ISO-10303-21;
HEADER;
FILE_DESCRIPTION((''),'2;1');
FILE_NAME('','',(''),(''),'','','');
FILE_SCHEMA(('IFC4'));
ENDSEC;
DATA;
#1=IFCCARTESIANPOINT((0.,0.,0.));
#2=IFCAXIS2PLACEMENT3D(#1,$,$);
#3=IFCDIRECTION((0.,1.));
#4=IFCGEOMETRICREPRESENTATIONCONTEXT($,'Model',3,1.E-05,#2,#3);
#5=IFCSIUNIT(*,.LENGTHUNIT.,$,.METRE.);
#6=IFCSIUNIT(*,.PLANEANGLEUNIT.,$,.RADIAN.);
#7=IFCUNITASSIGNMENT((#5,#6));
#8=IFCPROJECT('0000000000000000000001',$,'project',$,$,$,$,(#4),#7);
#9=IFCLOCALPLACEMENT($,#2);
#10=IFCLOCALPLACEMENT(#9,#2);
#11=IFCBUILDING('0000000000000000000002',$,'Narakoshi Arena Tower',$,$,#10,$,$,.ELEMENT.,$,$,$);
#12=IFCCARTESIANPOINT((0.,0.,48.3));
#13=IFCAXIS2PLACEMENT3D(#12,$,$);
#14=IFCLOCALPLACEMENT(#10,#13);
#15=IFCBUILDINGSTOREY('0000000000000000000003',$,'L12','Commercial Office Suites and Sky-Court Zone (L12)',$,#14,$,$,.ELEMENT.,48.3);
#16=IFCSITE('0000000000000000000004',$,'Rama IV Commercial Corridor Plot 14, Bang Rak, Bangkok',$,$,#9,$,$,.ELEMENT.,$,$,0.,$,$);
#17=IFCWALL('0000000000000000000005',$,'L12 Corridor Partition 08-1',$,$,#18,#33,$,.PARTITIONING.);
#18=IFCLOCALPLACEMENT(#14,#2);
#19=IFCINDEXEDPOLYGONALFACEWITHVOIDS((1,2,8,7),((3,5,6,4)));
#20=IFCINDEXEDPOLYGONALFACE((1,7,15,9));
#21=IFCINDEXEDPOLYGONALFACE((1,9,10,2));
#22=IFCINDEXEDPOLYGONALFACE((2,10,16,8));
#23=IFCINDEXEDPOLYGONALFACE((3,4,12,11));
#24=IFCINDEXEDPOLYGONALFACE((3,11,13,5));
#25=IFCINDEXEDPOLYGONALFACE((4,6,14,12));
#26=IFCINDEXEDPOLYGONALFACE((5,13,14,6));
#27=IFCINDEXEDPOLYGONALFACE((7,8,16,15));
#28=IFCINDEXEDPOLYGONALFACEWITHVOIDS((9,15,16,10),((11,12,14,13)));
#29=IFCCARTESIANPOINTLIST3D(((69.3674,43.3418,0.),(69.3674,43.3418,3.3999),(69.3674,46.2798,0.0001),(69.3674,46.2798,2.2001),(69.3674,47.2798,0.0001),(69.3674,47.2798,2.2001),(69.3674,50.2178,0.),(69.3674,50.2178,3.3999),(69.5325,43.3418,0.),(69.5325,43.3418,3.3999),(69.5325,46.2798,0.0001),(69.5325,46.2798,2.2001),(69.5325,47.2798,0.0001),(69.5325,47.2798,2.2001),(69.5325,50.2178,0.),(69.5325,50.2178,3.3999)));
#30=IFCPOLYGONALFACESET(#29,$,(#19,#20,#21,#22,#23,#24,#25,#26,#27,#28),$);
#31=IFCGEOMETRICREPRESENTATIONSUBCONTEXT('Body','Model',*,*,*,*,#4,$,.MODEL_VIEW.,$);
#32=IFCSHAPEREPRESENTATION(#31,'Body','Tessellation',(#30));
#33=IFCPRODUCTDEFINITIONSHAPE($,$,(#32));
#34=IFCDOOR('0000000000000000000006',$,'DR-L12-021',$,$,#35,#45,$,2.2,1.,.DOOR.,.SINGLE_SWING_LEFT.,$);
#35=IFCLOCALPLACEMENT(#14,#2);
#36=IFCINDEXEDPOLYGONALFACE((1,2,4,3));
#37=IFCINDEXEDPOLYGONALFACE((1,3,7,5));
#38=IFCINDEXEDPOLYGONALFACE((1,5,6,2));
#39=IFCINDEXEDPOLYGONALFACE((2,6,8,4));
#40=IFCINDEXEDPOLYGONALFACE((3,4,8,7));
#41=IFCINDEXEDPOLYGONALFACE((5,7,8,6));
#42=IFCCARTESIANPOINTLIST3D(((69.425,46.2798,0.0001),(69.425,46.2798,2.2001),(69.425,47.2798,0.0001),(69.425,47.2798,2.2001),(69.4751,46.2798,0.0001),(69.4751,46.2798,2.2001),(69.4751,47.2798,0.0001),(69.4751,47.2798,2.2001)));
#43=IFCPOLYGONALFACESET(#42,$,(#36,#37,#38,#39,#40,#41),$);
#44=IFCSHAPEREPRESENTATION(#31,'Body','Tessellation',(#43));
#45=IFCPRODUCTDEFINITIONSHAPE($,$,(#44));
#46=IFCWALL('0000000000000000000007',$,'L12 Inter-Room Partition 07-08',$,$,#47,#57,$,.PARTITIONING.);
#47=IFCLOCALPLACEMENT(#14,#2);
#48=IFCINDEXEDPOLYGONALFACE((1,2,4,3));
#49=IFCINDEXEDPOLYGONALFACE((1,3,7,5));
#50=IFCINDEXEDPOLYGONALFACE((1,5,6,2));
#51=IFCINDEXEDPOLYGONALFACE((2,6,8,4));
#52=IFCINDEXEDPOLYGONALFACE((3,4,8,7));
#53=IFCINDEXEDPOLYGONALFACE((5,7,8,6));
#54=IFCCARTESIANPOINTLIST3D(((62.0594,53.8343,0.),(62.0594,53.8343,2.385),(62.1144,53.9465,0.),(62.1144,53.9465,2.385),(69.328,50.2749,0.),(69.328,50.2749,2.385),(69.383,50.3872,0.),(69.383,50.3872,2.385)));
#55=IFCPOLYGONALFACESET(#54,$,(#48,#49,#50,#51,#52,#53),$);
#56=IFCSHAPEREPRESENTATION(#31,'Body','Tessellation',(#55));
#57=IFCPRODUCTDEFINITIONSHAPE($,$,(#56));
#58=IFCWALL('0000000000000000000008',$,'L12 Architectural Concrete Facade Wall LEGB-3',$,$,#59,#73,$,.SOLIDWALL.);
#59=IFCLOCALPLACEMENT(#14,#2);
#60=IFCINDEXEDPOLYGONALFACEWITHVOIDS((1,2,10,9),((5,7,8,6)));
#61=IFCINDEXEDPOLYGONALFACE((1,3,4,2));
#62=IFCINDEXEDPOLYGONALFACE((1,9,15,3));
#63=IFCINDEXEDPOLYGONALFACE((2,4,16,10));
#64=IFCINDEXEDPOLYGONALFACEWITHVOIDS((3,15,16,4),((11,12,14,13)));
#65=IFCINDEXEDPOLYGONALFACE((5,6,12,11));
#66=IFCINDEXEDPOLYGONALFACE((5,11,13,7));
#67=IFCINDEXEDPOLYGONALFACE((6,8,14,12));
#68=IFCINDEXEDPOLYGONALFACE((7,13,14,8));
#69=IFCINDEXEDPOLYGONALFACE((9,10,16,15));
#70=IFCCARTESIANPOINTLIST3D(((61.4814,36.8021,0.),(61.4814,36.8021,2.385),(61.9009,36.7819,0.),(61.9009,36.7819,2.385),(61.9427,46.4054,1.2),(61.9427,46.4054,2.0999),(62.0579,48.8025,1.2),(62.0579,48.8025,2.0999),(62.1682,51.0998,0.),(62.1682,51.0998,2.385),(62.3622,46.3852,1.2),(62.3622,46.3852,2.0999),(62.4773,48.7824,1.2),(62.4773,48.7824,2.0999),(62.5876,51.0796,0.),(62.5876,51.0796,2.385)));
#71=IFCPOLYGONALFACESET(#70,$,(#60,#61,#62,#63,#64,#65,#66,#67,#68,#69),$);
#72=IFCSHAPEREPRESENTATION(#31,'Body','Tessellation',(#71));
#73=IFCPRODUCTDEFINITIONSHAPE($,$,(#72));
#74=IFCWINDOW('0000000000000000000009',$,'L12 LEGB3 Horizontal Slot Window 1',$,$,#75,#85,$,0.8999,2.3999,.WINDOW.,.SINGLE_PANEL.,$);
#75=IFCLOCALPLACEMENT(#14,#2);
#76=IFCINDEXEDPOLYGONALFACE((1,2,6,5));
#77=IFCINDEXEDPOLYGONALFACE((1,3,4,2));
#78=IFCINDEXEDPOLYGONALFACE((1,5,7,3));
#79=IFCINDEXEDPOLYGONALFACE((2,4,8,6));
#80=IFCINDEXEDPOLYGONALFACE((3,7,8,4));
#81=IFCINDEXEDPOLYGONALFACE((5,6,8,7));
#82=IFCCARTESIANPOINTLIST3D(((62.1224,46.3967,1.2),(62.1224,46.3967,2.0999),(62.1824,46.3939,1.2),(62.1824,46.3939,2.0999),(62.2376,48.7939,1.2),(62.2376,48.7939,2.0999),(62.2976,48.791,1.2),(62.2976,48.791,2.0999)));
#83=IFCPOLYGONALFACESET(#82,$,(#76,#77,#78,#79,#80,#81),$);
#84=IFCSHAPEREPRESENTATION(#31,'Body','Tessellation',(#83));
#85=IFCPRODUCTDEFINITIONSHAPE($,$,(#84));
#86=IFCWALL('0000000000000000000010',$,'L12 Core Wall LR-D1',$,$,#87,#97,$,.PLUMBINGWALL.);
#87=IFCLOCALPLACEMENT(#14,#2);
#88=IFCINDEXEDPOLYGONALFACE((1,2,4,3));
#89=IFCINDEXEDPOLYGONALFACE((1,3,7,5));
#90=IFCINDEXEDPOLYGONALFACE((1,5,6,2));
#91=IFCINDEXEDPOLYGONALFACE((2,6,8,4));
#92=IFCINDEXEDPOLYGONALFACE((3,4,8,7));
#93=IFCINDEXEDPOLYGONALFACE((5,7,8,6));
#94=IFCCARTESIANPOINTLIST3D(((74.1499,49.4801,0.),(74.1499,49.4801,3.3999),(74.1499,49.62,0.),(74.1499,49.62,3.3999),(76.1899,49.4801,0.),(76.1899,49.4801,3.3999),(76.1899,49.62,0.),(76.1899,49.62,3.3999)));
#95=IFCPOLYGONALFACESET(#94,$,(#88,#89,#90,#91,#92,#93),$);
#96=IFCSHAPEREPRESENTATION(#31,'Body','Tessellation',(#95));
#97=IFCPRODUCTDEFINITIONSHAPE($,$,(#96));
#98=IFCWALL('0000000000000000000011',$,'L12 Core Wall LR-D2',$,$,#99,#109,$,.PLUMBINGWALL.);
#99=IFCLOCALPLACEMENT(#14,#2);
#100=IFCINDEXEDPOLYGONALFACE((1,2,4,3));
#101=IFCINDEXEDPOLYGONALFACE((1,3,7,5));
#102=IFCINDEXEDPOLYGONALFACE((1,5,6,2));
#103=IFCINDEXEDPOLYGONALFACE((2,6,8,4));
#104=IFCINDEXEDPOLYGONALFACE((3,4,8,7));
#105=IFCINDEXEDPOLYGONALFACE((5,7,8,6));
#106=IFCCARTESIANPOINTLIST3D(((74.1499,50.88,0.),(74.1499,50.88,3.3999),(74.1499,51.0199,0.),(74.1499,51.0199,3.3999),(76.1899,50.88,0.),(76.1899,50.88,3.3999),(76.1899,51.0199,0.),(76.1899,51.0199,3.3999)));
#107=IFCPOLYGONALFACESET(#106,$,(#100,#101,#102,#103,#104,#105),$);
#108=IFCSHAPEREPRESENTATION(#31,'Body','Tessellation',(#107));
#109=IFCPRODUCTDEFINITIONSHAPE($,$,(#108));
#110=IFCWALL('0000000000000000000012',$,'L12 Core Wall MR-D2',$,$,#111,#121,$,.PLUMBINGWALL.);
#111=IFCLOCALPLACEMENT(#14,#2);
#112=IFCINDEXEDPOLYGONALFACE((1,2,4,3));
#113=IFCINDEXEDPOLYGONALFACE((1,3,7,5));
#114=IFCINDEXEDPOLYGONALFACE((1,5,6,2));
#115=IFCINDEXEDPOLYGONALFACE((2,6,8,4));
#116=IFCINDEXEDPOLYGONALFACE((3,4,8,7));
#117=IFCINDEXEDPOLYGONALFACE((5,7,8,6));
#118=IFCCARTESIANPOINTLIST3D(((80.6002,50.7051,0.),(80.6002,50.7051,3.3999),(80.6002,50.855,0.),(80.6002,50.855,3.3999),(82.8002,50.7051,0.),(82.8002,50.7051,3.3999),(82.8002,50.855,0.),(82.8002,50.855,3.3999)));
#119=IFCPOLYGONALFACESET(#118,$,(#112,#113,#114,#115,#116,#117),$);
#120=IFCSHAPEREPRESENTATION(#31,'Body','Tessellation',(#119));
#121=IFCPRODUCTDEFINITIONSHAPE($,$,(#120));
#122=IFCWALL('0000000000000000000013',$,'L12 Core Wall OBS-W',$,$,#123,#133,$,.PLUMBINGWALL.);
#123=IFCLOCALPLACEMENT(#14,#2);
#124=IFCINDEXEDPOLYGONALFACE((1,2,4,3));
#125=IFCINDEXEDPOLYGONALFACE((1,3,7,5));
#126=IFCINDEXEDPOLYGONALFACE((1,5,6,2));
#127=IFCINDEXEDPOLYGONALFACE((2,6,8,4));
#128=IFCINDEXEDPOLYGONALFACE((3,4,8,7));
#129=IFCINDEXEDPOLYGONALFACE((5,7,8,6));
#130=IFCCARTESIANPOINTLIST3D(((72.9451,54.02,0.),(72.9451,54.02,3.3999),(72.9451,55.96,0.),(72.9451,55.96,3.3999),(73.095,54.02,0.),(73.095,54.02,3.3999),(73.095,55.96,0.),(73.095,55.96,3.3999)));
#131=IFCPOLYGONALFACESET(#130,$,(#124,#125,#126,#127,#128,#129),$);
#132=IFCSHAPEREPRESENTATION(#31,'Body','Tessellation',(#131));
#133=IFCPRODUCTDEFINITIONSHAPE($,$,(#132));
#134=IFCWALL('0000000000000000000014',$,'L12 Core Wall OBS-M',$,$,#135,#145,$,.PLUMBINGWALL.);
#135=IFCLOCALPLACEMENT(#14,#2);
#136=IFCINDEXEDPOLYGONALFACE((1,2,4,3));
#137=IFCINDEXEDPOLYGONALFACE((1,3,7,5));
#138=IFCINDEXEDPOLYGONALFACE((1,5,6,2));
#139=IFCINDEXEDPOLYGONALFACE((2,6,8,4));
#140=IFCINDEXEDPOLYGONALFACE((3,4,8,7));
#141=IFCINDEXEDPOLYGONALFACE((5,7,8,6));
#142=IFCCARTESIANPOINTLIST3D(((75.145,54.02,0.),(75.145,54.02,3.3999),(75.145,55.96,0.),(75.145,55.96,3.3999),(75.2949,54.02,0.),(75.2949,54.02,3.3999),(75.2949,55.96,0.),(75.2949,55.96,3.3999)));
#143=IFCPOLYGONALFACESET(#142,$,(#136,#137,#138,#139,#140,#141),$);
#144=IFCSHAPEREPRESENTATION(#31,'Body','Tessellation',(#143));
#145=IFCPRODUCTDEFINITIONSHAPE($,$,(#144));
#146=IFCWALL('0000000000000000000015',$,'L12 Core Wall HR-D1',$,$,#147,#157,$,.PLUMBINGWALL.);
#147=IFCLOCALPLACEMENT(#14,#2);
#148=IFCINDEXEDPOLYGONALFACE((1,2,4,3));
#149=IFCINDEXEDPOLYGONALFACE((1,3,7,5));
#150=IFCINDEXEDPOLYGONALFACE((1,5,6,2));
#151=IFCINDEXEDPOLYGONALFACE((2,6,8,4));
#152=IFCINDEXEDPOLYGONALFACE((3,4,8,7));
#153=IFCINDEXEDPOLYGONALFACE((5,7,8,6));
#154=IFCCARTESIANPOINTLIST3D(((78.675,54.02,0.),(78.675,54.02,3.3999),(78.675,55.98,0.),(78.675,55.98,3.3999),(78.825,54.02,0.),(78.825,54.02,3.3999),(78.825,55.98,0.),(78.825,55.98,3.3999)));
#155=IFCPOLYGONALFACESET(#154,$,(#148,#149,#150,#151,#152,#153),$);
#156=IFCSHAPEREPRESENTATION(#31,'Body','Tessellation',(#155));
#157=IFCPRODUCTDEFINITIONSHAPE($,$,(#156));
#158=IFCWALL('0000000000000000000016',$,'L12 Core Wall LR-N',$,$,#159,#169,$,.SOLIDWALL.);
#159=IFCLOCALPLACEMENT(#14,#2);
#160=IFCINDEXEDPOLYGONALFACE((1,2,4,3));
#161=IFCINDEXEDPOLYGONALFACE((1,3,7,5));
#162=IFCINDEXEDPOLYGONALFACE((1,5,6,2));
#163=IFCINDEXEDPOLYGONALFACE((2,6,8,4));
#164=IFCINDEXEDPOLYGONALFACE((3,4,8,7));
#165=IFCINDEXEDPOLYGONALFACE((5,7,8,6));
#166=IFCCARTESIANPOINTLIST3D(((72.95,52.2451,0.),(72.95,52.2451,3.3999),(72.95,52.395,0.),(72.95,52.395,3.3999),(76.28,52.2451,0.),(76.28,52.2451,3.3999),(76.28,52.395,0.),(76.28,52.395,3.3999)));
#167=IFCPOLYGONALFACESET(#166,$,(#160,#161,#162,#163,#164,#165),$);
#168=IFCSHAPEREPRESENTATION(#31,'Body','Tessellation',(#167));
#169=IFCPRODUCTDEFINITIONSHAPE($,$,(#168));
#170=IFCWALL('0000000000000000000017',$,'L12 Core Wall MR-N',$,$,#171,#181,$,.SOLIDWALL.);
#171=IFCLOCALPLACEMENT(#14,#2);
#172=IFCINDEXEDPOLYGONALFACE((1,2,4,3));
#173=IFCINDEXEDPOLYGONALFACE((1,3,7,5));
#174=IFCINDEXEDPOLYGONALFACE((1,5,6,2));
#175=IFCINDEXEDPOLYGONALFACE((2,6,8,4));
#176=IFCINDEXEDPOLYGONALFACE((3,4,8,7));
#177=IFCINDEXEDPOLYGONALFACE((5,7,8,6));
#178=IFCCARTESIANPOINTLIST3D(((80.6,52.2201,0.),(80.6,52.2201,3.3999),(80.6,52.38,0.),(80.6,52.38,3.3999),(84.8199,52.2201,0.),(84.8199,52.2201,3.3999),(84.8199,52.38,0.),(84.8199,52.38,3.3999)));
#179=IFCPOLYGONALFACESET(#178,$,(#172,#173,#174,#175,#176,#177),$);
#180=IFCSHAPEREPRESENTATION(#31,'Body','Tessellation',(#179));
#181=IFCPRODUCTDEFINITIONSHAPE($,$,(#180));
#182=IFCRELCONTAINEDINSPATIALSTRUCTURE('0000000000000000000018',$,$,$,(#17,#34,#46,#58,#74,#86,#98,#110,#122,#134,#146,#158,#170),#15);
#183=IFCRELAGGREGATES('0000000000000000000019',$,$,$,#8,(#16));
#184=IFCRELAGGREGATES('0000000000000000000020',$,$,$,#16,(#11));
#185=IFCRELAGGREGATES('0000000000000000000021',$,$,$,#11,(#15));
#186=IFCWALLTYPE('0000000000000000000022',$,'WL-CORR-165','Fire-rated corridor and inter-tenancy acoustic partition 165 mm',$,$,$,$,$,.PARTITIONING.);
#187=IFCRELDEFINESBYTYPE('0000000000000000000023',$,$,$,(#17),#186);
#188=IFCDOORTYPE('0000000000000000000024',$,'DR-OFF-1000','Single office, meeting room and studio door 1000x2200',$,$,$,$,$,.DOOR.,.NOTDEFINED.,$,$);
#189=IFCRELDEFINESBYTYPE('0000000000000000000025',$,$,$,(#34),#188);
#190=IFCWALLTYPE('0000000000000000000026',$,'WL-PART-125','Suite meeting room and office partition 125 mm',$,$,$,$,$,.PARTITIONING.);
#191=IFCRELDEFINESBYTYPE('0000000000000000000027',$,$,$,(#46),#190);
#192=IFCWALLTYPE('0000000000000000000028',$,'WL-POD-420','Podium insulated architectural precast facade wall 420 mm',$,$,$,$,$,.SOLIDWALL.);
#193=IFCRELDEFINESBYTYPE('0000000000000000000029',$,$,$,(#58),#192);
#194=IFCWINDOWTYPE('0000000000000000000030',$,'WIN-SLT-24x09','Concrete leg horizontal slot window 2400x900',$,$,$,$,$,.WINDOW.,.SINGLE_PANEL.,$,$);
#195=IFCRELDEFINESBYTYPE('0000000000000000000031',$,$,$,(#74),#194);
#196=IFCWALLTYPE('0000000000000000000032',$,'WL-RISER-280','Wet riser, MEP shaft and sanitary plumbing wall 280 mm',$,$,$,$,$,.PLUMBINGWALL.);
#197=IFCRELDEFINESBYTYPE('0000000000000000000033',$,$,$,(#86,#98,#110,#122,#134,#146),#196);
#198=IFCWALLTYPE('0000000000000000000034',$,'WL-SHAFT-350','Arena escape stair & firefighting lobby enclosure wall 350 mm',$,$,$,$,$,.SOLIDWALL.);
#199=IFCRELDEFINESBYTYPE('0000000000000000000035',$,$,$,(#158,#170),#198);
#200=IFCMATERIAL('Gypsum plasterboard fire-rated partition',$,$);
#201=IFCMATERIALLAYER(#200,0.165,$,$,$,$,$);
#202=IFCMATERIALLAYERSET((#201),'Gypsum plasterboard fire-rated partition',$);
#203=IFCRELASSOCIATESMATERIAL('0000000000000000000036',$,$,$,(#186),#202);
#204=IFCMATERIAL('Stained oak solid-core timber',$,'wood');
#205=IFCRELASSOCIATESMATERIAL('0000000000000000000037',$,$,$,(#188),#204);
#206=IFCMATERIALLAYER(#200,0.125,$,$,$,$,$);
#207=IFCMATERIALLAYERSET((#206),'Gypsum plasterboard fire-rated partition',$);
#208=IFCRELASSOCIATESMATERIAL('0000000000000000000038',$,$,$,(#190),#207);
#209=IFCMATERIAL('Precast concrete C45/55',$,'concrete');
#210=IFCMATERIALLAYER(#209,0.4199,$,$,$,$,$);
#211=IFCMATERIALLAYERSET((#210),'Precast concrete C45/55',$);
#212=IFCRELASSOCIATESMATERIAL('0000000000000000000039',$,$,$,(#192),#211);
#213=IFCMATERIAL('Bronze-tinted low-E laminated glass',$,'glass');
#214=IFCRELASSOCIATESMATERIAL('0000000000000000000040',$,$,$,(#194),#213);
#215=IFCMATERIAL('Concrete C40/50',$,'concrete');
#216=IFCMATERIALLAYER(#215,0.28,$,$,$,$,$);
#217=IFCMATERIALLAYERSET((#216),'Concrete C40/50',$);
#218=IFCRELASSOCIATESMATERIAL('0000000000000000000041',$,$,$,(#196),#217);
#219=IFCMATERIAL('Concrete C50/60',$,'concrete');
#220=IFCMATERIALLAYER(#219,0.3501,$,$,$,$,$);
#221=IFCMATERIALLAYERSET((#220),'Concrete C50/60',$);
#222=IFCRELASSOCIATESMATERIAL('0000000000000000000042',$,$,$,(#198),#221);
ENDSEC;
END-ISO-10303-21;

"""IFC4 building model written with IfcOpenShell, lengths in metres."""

from ifc_helpers import new_model, si_unit, direction, frame, frame_2d, origin, place, context, subcontext, project, spatial, rectangle, extrude, material, layer, layer_set, type_object, element, fill, save


model = new_model("IFC4")

# Units and contexts
model_context = context("Model", 3, precision=1e-05, world=origin(), true_north=direction((0.0, 1.0)))
body_context = subcontext(model_context, "Body", "Model", "MODEL_VIEW")
ifc_project = project(units=[si_unit("LENGTHUNIT", "METRE"), si_unit("PLANEANGLEUNIT", "RADIAN")], contexts=[model_context])

# Site, building, storey
site_placement = place(None, origin())
site = spatial("IfcSite", under=ifc_project, at=site_placement, Name="Rama IV Commercial Corridor Plot 14, Bang Rak, Bangkok", CompositionType="ELEMENT", RefElevation=0.0)
building_placement = place(site_placement, origin())
building = spatial("IfcBuilding", under=site, at=building_placement, Name="Narakoshi Arena Tower", CompositionType="ELEMENT")
storey_placement = place(building_placement, frame((0.0, 0.0, 48.3)))
storey = spatial("IfcBuildingStorey", under=building, at=storey_placement, Name="L12", Description="Commercial Office Suites and Sky-Court Zone (L12)", CompositionType="ELEMENT", Elevation=48.3)

# Wall, opening, door
ifc_material_1 = material(Name="Gypsum plasterboard fire-rated partition")
ifc_layer_1 = layer(ifc_material_1, 0.165)
ifc_layer_set_1 = layer_set([ifc_layer_1], Name="Gypsum plasterboard fire-rated partition")
wall_type_1 = type_object("IfcWallType", Name="WL-CORR-165", Description="Fire-rated corridor and inter-tenancy acoustic partition 165 mm", PredefinedType="PARTITIONING", material=ifc_layer_set_1)
wall_1_placement = place(storey_placement, frame((69.45, 50.2178, 0.0), z_axis=(0.0, 0.0, 1.0), x_axis=(0.0, -1.0, 0.0)))
wall_1 = element("IfcWall", 1, at=wall_1_placement, inside=storey, type_object=wall_type_1, Name="L12 Corridor Partition 08-1", PredefinedType="PARTITIONING", context=body_context, shape_type="SweptSolid", body=[
    extrude(rectangle(XDim=6.876, YDim=0.165, at=frame_2d((3.438, 0.0))), origin(), (0.0, 0.0, 1.0), 3.3999),
])
opening_1_placement = place(wall_1_placement, frame((2.938, 0.0, 0.0)))
opening_1 = element("IfcOpeningElement", 2, at=opening_1_placement, cuts=wall_1, PredefinedType="OPENING", context=body_context, shape_type="SweptSolid", body=[
    extrude(rectangle(XDim=1.0, YDim=2.2, at=frame_2d((0.5, 1.1001))), frame((0.0, 0.0925, 0.0), z_axis=(0.0, -1.0, 0.0), x_axis=(1.0, 0.0, 0.0)), (0.0, 0.0, 1.0), 0.1851),
])
ifc_material_2 = material(Name="Stained oak solid-core timber", Category="wood")
door_type = type_object("IfcDoorType", Name="DR-OFF-1000", Description="Single office, meeting room and studio door 1000x2200", OperationType="NOTDEFINED", PredefinedType="DOOR", material=ifc_material_2)
door_placement = place(opening_1_placement, frame((1.0, 0.0, 0.0), z_axis=(0.0, 0.0, 1.0), x_axis=(-1.0, 0.0, 0.0)))
door = element("IfcDoor", 3, at=door_placement, inside=storey, type_object=door_type, Name="DR-L12-021", OperationType="SINGLE_SWING_LEFT", OverallHeight=2.2, OverallWidth=1.0, PredefinedType="DOOR", context=body_context, shape_type="SweptSolid", body=[
    extrude(rectangle(XDim=1.0, YDim=2.2, at=frame_2d((0.5, 1.1001))), frame((0.0, 0.0249, 0.0), z_axis=(0.0, -1.0, 0.0), x_axis=(1.0, 0.0, 0.0)), (0.0, 0.0, 1.0), 0.05),
])
fill(opening_1, door)

# Wall
ifc_layer_2 = layer(ifc_material_1, 0.125)
ifc_layer_set_2 = layer_set([ifc_layer_2], Name="Gypsum plasterboard fire-rated partition")
wall_type_2 = type_object("IfcWallType", Name="WL-PART-125", Description="Suite meeting room and office partition 125 mm", PredefinedType="PARTITIONING", material=ifc_layer_set_2)
wall_2_placement = place(storey_placement, frame((69.3555, 50.3311, 0.0), z_axis=(0.0, 0.0, 1.0), x_axis=(-0.898101, 0.439789, 0.0)))
element("IfcWall", 4, at=wall_2_placement, inside=storey, type_object=wall_type_2, Name="L12 Inter-Room Partition 07-08", PredefinedType="PARTITIONING", context=body_context, shape_type="SweptSolid", body=[
    extrude(rectangle(XDim=8.0933, YDim=0.125, at=frame_2d((4.0466, 0.0))), origin(), (0.0, 0.0, 1.0), 2.385),
])

# Wall, opening, window
ifc_material_3 = material(Name="Precast concrete C45/55", Category="concrete")
ifc_layer_3 = layer(ifc_material_3, 0.4199)
ifc_layer_set_3 = layer_set([ifc_layer_3], Name="Precast concrete C45/55")
wall_type_3 = type_object("IfcWallType", Name="WL-POD-420", Description="Podium insulated architectural precast facade wall 420 mm", PredefinedType="SOLIDWALL", material=ifc_layer_set_3)
wall_3_placement = place(storey_placement, frame((62.3779, 51.0898, 0.0), z_axis=(0.0, 0.0, 1.0), x_axis=(-0.047978, -0.998848, 0.0)))
wall_3 = element("IfcWall", 5, at=wall_3_placement, inside=storey, type_object=wall_type_3, Name="L12 Architectural Concrete Facade Wall LEGB-3", PredefinedType="SOLIDWALL", context=body_context, shape_type="SweptSolid", body=[
    extrude(rectangle(XDim=14.3142, YDim=0.4199, at=frame_2d((7.1572, 0.0))), origin(), (0.0, 0.0, 1.0), 2.385),
])
opening_2_placement = place(wall_3_placement, frame((2.3, 0.0, 1.2)))
opening_2 = element("IfcOpeningElement", 6, at=opening_2_placement, cuts=wall_3, PredefinedType="OPENING", context=body_context, shape_type="SweptSolid", body=[
    extrude(rectangle(XDim=2.3999, YDim=0.8999, at=frame_2d((1.2, 0.45))), frame((0.0, 0.22, 0.0), z_axis=(0.0, -1.0, 0.0), x_axis=(1.0, 0.0, 0.0)), (0.0, 0.0, 1.0), 0.4399),
])
ifc_material_4 = material(Name="Bronze-tinted low-E laminated glass", Category="glass")
window_type = type_object("IfcWindowType", Name="WIN-SLT-24x09", Description="Concrete leg horizontal slot window 2400x900", PartitioningType="SINGLE_PANEL", PredefinedType="WINDOW", material=ifc_material_4)
window_placement = place(opening_2_placement, origin())
window = element("IfcWindow", 7, at=window_placement, inside=storey, type_object=window_type, Name="L12 LEGB3 Horizontal Slot Window 1", OverallHeight=0.8999, OverallWidth=2.3999, PartitioningType="SINGLE_PANEL", PredefinedType="WINDOW", context=body_context, shape_type="SweptSolid", body=[
    extrude(rectangle(XDim=2.3999, YDim=0.8999, at=frame_2d((1.2, 0.45))), frame((0.0, 0.03, 0.0), z_axis=(0.0, -1.0, 0.0), x_axis=(1.0, 0.0, 0.0)), (0.0, 0.0, 1.0), 0.0601),
])
fill(opening_2, window)

# Walls
ifc_material_5 = material(Name="Concrete C40/50", Category="concrete")
ifc_layer_4 = layer(ifc_material_5, 0.28)
ifc_layer_set_4 = layer_set([ifc_layer_4], Name="Concrete C40/50")
wall_type_4 = type_object("IfcWallType", Name="WL-RISER-280", Description="Wet riser, MEP shaft and sanitary plumbing wall 280 mm", PredefinedType="PLUMBINGWALL", material=ifc_layer_set_4)
for number, where, z_axis, x_axis, name in (
    (8, (74.1499, 49.55, 0.0), (0.0, 0.0, 1.0), (1.0, 0.0, 0.0), "L12 Core Wall LR-D1"),
    (9, (74.1499, 50.95, 0.0), (0.0, 0.0, 1.0), (1.0, 0.0, 0.0), "L12 Core Wall LR-D2"),
):
    element("IfcWall", number, at=place(storey_placement, frame(where, z_axis=z_axis, x_axis=x_axis)), inside=storey, type_object=wall_type_4, Name=name, PredefinedType="PLUMBINGWALL", context=body_context, shape_type="SweptSolid", body=[
        extrude(rectangle(XDim=2.04, YDim=0.1399, at=frame_2d((1.02, 0.0))), origin(), (0.0, 0.0, 1.0), 3.3999),
    ])
wall_4_placement = place(storey_placement, frame((80.6001, 50.78, 0.0), z_axis=(0.0, 0.0, 1.0), x_axis=(1.0, 0.0, 0.0)))
element("IfcWall", 10, at=wall_4_placement, inside=storey, type_object=wall_type_4, Name="L12 Core Wall MR-D2", PredefinedType="PLUMBINGWALL", context=body_context, shape_type="SweptSolid", body=[
    extrude(rectangle(XDim=2.2, YDim=0.1499, at=frame_2d((1.1001, 0.0))), origin(), (0.0, 0.0, 1.0), 3.3999),
])
for number, where, z_axis, x_axis, name in (
    (11, (73.02, 54.02, 0.0), (0.0, 0.0, 1.0), (0.0, 1.0, 0.0), "L12 Core Wall OBS-W"),
    (12, (75.22, 54.02, 0.0), (0.0, 0.0, 1.0), (0.0, 1.0, 0.0), "L12 Core Wall OBS-M"),
):
    element("IfcWall", number, at=place(storey_placement, frame(where, z_axis=z_axis, x_axis=x_axis)), inside=storey, type_object=wall_type_4, Name=name, PredefinedType="PLUMBINGWALL", context=body_context, shape_type="SweptSolid", body=[
        extrude(rectangle(XDim=1.9399, YDim=0.1499, at=frame_2d((0.97, 0.0))), origin(), (0.0, 0.0, 1.0), 3.3999),
    ])
wall_5_placement = place(storey_placement, frame((78.75, 54.02, 0.0), z_axis=(0.0, 0.0, 1.0), x_axis=(0.0, 1.0, 0.0)))
element("IfcWall", 13, at=wall_5_placement, inside=storey, type_object=wall_type_4, Name="L12 Core Wall HR-D1", PredefinedType="PLUMBINGWALL", context=body_context, shape_type="SweptSolid", body=[
    extrude(rectangle(XDim=1.96, YDim=0.1499, at=frame_2d((0.98, 0.0))), origin(), (0.0, 0.0, 1.0), 3.3999),
])
ifc_material_6 = material(Name="Concrete C50/60", Category="concrete")
ifc_layer_5 = layer(ifc_material_6, 0.3501)
ifc_layer_set_5 = layer_set([ifc_layer_5], Name="Concrete C50/60")
wall_type_5 = type_object("IfcWallType", Name="WL-SHAFT-350", Description="Arena escape stair & firefighting lobby enclosure wall 350 mm", PredefinedType="SOLIDWALL", material=ifc_layer_set_5)
wall_6_placement = place(storey_placement, frame((72.95, 52.3201, 0.0), z_axis=(0.0, 0.0, 1.0), x_axis=(1.0, 0.0, 0.0)))
element("IfcWall", 14, at=wall_6_placement, inside=storey, type_object=wall_type_5, Name="L12 Core Wall LR-N", PredefinedType="SOLIDWALL", context=body_context, shape_type="SweptSolid", body=[
    extrude(rectangle(XDim=3.3301, YDim=0.1499, at=frame_2d((1.665, 0.0))), origin(), (0.0, 0.0, 1.0), 3.3999),
])
wall_7_placement = place(storey_placement, frame((80.6001, 52.3, 0.0), z_axis=(0.0, 0.0, 1.0), x_axis=(1.0, 0.0, 0.0)))
element("IfcWall", 15, at=wall_7_placement, inside=storey, type_object=wall_type_5, Name="L12 Core Wall MR-N", PredefinedType="SOLIDWALL", context=body_context, shape_type="SweptSolid", body=[
    extrude(rectangle(XDim=4.22, YDim=0.1599, at=frame_2d((2.1099, 0.0))), origin(), (0.0, 0.0, 1.0), 3.3999),
])

save(model, "model.ifc")
